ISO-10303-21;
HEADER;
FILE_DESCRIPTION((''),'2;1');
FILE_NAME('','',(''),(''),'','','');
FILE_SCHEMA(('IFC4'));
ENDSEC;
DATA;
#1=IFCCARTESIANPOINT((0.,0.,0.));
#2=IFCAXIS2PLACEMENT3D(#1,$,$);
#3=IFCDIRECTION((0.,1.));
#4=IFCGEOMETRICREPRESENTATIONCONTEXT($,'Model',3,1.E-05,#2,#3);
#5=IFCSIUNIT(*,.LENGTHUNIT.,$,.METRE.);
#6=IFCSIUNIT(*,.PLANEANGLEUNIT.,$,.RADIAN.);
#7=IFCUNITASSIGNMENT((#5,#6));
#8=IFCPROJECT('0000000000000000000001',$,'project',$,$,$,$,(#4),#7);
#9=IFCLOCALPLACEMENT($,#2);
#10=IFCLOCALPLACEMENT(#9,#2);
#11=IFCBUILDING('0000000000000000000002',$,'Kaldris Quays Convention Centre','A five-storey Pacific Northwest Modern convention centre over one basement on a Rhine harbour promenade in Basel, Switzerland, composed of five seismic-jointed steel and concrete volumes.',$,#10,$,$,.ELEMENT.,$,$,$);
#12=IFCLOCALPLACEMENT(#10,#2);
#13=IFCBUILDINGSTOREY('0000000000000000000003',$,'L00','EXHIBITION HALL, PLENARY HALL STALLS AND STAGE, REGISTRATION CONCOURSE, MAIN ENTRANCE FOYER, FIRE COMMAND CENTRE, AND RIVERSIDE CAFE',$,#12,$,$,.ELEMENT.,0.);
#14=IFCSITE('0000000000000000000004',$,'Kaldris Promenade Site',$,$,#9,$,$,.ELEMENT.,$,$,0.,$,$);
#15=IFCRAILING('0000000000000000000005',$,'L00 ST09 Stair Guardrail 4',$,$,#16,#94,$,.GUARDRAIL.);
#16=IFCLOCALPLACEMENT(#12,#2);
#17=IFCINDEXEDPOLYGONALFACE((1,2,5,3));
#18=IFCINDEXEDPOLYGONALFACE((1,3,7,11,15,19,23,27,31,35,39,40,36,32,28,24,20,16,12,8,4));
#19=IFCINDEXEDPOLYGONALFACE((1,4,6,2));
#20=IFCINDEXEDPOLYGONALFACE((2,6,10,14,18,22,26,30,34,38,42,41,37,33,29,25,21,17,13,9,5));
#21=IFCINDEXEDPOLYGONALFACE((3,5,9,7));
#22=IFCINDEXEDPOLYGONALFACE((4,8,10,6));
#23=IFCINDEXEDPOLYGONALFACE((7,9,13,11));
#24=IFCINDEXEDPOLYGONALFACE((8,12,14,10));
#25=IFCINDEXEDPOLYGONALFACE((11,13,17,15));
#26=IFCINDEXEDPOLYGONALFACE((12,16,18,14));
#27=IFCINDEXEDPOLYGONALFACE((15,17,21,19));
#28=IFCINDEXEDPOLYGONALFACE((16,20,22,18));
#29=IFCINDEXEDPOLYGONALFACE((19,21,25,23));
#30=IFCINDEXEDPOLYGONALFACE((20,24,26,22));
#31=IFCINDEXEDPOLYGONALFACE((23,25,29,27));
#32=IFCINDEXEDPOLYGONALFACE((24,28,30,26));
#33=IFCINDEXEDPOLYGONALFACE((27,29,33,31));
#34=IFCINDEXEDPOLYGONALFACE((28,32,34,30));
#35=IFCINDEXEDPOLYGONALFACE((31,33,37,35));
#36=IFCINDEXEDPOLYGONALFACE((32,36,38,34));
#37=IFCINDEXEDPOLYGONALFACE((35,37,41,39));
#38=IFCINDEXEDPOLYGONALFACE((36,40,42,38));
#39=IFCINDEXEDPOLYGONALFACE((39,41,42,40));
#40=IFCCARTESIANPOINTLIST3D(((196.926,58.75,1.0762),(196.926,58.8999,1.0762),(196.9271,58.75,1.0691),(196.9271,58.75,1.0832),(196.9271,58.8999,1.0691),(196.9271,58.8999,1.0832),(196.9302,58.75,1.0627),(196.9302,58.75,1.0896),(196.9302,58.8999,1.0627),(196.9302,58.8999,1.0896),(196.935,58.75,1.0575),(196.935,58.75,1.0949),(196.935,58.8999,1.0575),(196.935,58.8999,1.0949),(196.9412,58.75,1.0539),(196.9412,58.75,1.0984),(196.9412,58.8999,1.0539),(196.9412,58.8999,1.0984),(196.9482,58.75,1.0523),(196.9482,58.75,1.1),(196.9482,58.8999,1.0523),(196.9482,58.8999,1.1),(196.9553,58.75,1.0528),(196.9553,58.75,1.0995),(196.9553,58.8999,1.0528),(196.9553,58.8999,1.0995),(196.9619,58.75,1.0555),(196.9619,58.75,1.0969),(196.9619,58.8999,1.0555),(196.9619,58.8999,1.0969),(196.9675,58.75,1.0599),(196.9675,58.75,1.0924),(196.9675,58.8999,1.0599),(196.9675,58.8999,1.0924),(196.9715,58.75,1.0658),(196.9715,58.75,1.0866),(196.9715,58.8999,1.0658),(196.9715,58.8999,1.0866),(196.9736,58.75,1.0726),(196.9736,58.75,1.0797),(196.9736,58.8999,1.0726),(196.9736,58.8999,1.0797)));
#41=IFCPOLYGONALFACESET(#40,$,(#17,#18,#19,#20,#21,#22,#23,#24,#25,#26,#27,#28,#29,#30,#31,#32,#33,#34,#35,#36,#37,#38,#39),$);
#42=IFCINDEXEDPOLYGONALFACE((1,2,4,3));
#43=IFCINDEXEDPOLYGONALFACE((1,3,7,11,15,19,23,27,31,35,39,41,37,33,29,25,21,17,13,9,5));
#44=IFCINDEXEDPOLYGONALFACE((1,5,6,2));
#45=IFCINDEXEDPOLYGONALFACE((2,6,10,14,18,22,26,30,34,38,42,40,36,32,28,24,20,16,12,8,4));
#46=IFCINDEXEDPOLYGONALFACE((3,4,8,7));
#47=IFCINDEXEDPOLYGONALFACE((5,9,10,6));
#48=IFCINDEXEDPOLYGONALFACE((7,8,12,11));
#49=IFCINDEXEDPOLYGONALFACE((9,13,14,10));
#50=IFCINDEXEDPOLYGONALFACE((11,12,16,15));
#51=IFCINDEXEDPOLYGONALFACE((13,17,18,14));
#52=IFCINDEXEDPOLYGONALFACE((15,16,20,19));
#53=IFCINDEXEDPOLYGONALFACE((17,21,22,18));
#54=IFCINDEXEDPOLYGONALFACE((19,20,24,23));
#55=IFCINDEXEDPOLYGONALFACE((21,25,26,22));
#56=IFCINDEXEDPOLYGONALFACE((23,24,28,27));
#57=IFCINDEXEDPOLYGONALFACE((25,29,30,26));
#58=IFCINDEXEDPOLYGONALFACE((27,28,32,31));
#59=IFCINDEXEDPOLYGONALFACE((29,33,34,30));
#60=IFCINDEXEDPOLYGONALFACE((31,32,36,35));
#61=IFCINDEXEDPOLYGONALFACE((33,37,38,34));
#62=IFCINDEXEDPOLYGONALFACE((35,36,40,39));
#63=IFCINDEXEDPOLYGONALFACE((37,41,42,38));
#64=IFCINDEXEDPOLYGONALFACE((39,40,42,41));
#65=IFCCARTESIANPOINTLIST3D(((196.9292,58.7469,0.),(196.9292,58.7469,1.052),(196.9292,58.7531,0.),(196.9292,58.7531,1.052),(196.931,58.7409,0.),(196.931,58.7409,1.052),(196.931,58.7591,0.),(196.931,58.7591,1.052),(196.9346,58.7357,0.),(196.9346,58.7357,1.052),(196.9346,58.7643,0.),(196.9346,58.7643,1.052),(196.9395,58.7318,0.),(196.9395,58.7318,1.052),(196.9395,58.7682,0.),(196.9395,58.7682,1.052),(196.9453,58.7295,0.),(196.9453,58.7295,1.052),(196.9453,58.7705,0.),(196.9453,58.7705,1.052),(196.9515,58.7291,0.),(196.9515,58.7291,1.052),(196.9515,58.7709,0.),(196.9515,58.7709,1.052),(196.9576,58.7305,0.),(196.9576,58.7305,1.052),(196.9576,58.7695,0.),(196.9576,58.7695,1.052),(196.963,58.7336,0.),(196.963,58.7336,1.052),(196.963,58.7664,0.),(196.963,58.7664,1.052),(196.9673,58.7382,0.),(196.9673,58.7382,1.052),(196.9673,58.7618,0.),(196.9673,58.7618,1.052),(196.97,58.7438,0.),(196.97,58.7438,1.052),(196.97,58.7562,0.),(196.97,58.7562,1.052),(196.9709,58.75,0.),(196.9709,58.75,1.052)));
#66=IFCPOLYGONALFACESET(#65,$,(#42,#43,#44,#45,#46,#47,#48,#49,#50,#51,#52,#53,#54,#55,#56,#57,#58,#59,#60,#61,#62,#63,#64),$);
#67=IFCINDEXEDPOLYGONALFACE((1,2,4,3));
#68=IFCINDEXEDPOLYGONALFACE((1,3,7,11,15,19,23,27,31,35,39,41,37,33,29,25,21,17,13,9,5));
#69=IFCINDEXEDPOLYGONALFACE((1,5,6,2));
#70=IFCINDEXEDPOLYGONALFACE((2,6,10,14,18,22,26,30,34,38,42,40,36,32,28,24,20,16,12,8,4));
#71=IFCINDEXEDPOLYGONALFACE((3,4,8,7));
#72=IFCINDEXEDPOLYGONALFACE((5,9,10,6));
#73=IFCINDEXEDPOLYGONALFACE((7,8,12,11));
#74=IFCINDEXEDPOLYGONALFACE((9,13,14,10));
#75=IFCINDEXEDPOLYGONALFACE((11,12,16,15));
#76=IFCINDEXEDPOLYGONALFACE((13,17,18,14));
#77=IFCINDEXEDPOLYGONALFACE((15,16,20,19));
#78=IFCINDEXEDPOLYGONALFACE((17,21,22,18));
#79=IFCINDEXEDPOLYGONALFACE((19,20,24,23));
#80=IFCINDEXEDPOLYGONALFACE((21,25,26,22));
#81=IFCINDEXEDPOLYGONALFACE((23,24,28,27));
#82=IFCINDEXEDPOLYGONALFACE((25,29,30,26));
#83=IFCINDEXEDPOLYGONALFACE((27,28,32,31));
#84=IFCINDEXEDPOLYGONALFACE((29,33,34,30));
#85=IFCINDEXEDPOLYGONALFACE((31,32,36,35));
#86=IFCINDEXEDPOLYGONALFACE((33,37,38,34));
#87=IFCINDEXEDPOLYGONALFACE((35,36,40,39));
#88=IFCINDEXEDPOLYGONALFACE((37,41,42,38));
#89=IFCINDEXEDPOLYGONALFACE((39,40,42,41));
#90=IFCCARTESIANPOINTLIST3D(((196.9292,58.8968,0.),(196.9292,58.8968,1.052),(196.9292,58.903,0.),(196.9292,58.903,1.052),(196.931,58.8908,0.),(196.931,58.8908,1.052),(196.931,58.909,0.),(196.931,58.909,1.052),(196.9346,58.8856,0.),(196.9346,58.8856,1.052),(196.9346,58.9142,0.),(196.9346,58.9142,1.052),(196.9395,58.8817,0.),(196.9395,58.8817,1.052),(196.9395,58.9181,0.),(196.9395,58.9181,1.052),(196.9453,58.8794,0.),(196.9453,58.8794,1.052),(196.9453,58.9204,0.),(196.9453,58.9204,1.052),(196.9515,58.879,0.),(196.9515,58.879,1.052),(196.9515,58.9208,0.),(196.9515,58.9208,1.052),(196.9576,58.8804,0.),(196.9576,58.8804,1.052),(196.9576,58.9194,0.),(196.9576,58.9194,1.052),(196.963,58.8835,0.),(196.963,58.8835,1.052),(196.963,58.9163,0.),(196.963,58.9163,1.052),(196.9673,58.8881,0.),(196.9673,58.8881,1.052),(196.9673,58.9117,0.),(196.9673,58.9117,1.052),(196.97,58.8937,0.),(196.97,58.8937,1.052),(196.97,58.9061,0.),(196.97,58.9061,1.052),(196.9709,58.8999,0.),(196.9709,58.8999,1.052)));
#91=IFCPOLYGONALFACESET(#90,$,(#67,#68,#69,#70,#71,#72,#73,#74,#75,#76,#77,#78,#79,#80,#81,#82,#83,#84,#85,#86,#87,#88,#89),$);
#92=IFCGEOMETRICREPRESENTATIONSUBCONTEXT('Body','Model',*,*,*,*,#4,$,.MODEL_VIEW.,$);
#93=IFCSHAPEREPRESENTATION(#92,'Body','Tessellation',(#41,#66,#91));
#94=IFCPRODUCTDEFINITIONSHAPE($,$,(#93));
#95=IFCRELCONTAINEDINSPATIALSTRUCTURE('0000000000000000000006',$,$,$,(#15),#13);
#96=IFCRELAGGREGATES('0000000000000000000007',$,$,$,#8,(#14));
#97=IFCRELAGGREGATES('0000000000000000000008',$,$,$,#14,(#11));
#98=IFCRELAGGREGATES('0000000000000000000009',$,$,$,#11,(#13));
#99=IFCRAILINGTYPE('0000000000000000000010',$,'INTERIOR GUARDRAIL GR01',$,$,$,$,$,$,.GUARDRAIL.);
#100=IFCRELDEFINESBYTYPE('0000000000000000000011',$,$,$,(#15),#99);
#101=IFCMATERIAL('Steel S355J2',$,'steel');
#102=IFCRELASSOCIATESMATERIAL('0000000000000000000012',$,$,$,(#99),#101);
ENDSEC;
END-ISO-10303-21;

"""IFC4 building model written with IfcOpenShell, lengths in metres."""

from ifc_helpers import new_model, si_unit, direction, frame, origin, origin_2d, place, context, subcontext, project, spatial, circle, extrude, material, type_object, element, save


model = new_model("IFC4")

# Units and contexts
model_context = context("Model", 3, precision=1e-05, world=origin(), true_north=direction((0.0, 1.0)))
body_context = subcontext(model_context, "Body", "Model", "MODEL_VIEW")
ifc_project = project(units=[si_unit("LENGTHUNIT", "METRE"), si_unit("PLANEANGLEUNIT", "RADIAN")], contexts=[model_context])

# Site, building, storey
site_placement = place(None, origin())
site = spatial("IfcSite", under=ifc_project, at=site_placement, Name="Kaldris Promenade Site", CompositionType="ELEMENT", RefElevation=0.0)
building_placement = place(site_placement, origin())
building = spatial("IfcBuilding", under=site, at=building_placement, Name="Kaldris Quays Convention Centre", Description="A five-storey Pacific Northwest Modern convention centre over one basement on a Rhine harbour promenade in Basel, Switzerland, composed of five seismic-jointed steel and concrete volumes.", CompositionType="ELEMENT")
storey_placement = place(building_placement, origin())
storey = spatial("IfcBuildingStorey", under=building, at=storey_placement, Name="L00", Description="EXHIBITION HALL, PLENARY HALL STALLS AND STAGE, REGISTRATION CONCOURSE, MAIN ENTRANCE FOYER, FIRE COMMAND CENTRE, AND RIVERSIDE CAFE", CompositionType="ELEMENT", Elevation=0.0)

# Shared definitions
ifc_material_1 = material(Name="Steel S355J2", Category="steel")

# Railing
railing_type_1 = type_object("IfcRailingType", Name="INTERIOR GUARDRAIL GR01", PredefinedType="GUARDRAIL", material=ifc_material_1)
railing_1_placement = place(storey_placement, frame((196.95, 58.75, 0.0)))
element("IfcRailing", 1, at=railing_1_placement, inside=storey, type_object=railing_type_1, Name="L00 ST09 Stair Guardrail 4", PredefinedType="GUARDRAIL", context=body_context, shape_type="SweptSolid", body=[
    extrude(circle(Radius=0.0239, at=origin_2d()), frame((0.0, 0.0, 1.0762), z_axis=(0.0, 1.0, 0.0), x_axis=(-1.0, 0.0, 0.0)), (0.0, 0.0, 1.0), 0.1499),
    extrude(circle(Radius=0.021, at=origin_2d()), origin(), (0.0, 0.0, 1.0), 1.052),
    extrude(circle(Radius=0.021, at=origin_2d()), frame((0.0, 0.1499, 0.0)), (0.0, 0.0, 1.0), 1.052),
])

save(model, "model.ifc")
